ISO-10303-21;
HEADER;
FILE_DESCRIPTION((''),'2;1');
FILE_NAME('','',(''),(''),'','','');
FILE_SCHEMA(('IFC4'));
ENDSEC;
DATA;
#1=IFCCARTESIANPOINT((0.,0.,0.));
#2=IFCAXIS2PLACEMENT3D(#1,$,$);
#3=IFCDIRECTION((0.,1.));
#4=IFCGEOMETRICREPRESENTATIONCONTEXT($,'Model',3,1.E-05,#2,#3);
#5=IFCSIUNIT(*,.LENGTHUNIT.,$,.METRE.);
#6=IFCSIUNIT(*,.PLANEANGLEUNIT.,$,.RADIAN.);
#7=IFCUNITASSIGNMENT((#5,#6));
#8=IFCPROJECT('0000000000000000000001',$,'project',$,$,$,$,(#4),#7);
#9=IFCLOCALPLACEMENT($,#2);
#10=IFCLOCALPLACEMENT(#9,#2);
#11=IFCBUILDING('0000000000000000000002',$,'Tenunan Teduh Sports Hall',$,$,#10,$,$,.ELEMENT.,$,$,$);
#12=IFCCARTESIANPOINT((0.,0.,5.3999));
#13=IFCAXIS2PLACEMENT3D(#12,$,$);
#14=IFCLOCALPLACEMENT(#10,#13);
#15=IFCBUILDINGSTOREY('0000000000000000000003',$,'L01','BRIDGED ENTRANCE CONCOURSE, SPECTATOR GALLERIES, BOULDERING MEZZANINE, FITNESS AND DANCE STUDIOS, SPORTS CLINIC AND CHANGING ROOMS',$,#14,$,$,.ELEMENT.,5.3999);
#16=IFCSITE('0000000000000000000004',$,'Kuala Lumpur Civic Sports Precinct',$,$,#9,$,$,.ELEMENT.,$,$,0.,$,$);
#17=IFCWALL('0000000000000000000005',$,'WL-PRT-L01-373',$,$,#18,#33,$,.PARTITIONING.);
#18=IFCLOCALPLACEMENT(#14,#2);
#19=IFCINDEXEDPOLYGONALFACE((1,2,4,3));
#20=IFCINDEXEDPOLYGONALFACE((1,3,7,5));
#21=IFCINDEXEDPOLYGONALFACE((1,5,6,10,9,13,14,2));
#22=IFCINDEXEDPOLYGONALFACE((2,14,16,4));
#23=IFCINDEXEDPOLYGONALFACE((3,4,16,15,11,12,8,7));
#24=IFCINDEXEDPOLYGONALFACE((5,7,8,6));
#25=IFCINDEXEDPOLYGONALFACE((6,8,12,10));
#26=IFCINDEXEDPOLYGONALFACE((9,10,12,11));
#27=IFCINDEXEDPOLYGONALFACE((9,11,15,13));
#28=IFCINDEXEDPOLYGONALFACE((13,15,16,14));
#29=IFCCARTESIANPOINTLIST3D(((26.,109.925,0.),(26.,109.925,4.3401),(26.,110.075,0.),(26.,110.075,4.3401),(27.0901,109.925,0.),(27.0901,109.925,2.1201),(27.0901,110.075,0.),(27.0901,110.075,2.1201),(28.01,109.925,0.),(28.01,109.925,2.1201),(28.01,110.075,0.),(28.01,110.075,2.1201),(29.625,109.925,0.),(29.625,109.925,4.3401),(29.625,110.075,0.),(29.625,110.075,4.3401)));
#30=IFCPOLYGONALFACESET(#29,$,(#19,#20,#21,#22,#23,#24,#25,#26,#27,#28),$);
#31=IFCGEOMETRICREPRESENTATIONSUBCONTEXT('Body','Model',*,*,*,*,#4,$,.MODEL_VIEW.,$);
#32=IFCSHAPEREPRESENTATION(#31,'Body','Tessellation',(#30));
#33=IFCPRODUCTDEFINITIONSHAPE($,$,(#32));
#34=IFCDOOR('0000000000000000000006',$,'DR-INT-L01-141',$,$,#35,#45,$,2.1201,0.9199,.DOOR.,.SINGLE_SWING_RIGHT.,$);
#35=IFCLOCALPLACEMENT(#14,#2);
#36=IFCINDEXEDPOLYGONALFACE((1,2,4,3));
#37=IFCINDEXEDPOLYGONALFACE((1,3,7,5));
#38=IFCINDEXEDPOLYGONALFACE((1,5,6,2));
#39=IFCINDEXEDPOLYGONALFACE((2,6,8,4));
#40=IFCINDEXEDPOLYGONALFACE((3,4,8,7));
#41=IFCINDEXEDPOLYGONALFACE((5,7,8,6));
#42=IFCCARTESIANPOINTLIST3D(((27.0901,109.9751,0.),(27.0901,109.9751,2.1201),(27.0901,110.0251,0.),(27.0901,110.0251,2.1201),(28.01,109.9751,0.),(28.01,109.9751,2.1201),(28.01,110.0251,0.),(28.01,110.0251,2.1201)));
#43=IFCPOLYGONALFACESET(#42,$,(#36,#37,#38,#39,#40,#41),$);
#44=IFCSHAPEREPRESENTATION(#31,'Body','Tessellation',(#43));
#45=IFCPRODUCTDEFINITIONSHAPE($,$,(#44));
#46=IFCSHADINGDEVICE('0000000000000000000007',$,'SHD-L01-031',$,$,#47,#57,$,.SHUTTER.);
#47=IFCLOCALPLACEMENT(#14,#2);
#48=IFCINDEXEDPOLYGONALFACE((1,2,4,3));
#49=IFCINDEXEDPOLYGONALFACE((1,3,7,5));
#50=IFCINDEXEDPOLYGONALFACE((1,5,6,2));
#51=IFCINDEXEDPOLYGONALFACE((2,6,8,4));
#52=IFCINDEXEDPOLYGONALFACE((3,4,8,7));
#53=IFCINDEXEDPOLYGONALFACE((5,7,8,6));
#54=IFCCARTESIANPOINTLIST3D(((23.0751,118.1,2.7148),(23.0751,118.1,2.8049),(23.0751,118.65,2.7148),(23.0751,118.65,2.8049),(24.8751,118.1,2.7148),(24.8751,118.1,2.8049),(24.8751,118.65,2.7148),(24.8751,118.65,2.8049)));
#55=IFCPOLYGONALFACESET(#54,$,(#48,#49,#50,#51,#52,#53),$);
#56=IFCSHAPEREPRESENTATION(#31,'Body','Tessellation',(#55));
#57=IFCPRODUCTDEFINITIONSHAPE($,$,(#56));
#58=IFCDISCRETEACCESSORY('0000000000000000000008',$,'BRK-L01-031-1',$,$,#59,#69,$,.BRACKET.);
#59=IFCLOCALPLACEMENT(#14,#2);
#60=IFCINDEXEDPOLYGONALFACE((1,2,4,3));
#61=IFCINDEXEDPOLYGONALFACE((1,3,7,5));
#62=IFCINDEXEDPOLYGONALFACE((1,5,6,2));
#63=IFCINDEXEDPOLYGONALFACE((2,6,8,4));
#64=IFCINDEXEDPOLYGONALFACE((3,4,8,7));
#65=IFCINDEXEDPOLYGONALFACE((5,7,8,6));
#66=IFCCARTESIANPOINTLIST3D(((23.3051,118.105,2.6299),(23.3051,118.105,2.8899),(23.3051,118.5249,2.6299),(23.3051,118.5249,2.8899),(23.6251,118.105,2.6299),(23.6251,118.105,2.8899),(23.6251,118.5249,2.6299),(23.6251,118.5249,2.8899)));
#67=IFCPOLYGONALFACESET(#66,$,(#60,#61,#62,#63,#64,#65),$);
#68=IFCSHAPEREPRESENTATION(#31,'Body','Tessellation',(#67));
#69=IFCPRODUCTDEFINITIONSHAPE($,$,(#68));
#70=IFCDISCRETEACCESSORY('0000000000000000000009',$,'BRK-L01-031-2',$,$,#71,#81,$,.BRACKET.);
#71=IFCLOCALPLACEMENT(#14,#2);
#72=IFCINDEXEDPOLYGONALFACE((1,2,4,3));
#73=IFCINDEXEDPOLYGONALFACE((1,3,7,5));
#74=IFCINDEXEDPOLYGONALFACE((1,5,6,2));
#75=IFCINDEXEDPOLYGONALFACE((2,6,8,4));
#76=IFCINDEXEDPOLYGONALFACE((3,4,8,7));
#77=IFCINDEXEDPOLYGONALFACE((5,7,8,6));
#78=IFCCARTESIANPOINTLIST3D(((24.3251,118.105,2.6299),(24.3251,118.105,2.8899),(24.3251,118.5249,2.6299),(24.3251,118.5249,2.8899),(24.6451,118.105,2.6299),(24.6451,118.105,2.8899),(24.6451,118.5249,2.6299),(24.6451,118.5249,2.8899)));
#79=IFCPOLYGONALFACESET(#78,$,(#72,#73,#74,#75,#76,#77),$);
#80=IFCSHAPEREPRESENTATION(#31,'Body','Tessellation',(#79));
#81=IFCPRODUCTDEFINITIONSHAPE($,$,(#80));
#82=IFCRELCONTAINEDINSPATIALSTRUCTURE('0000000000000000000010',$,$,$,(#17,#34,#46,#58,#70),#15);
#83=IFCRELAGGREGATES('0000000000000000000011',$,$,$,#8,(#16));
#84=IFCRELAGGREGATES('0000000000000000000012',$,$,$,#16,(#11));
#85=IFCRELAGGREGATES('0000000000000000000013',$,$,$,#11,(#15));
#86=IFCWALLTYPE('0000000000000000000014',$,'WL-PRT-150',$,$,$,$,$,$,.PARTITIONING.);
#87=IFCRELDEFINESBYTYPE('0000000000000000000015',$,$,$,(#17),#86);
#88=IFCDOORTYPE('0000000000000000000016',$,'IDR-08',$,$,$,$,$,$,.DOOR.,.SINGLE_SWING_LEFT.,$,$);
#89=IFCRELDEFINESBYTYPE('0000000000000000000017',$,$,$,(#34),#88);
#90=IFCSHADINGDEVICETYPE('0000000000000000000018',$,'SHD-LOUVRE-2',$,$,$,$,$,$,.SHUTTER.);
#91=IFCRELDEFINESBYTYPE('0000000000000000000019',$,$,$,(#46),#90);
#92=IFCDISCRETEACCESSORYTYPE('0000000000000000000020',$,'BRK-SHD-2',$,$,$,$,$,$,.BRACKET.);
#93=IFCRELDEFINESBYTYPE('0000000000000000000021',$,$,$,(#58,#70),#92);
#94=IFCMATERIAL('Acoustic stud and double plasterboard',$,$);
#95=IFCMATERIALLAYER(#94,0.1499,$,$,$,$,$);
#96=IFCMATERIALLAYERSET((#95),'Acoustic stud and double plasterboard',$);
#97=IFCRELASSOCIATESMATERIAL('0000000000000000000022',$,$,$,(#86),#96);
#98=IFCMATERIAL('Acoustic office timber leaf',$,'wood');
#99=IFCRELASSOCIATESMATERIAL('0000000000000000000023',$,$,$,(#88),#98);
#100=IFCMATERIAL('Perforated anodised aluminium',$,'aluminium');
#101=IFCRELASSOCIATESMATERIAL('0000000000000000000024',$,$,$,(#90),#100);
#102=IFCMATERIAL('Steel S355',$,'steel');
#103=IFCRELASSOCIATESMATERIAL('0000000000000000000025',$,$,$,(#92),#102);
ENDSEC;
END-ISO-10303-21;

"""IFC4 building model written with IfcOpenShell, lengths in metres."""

from ifc_helpers import new_model, si_unit, direction, frame, frame_2d, origin, origin_2d, place, context, subcontext, project, spatial, rectangle, extrude, material, layer, layer_set, type_object, element, fill, save


model = new_model("IFC4")

# Units and contexts
model_context = context("Model", 3, precision=1e-05, world=origin(), true_north=direction((0.0, 1.0)))
body_context = subcontext(model_context, "Body", "Model", "MODEL_VIEW")
ifc_project = project(units=[si_unit("LENGTHUNIT", "METRE"), si_unit("PLANEANGLEUNIT", "RADIAN")], contexts=[model_context])

# Site, building, storey
site_placement = place(None, origin())
site = spatial("IfcSite", under=ifc_project, at=site_placement, Name="Kuala Lumpur Civic Sports Precinct", CompositionType="ELEMENT", RefElevation=0.0)
building_placement = place(site_placement, origin())
building = spatial("IfcBuilding", under=site, at=building_placement, Name="Tenunan Teduh Sports Hall", CompositionType="ELEMENT")
storey_placement = place(building_placement, frame((0.0, 0.0, 5.3999)))
storey = spatial("IfcBuildingStorey", under=building, at=storey_placement, Name="L01", Description="BRIDGED ENTRANCE CONCOURSE, SPECTATOR GALLERIES, BOULDERING MEZZANINE, FITNESS AND DANCE STUDIOS, SPORTS CLINIC AND CHANGING ROOMS", CompositionType="ELEMENT", Elevation=5.3999)

# Shared definitions
ifc_material_1 = material(Name="Acoustic stud and double plasterboard")
ifc_layer_1 = layer(ifc_material_1, 0.1499)
ifc_layer_set_1 = layer_set([ifc_layer_1], Name="Acoustic stud and double plasterboard")
wall_type_1 = type_object("IfcWallType", Name="WL-PRT-150", PredefinedType="PARTITIONING", material=ifc_layer_set_1)

# Wall, opening, door
wall_1_placement = place(storey_placement, frame((26.0, 110.0, 0.0), z_axis=(0.0, 0.0, 1.0), x_axis=(1.0, 0.0, 0.0)))
wall_1 = element("IfcWall", 1, at=wall_1_placement, inside=storey, type_object=wall_type_1, Name="WL-PRT-L01-373", PredefinedType="PARTITIONING", context=body_context, shape_type="SweptSolid", body=[
    extrude(rectangle(XDim=3.625, YDim=0.1499, at=frame_2d((1.8125, 0.0))), origin(), (0.0, 0.0, 1.0), 4.3401),
])
opening_1_placement = place(wall_1_placement, frame((1.0901, 0.0, 0.0)))
opening_1 = element("IfcOpeningElement", 2, at=opening_1_placement, cuts=wall_1, PredefinedType="OPENING", context=body_context, shape_type="SweptSolid", body=[
    extrude(rectangle(XDim=0.9199, YDim=2.1201, at=frame_2d((0.46, 1.0601))), frame((0.0, 0.085, 0.0), z_axis=(0.0, -1.0, 0.0), x_axis=(1.0, 0.0, 0.0)), (0.0, 0.0, 1.0), 0.1699),
])
ifc_material_2 = material(Name="Acoustic office timber leaf", Category="wood")
door_type_1 = type_object("IfcDoorType", Name="IDR-08", OperationType="SINGLE_SWING_LEFT", PredefinedType="DOOR", material=ifc_material_2)
door_1_placement = place(opening_1_placement, frame((0.9199, 0.0, 0.0), z_axis=(0.0, 0.0, 1.0), x_axis=(-1.0, 0.0, 0.0)))
door_1 = element("IfcDoor", 3, at=door_1_placement, inside=storey, type_object=door_type_1, Name="DR-INT-L01-141", OperationType="SINGLE_SWING_RIGHT", OverallHeight=2.1201, OverallWidth=0.9199, PredefinedType="DOOR", context=body_context, shape_type="SweptSolid", body=[
    extrude(rectangle(XDim=0.9199, YDim=2.1201, at=frame_2d((0.46, 1.0601))), frame((0.0, 0.0249, 0.0), z_axis=(0.0, -1.0, 0.0), x_axis=(1.0, 0.0, 0.0)), (0.0, 0.0, 1.0), 0.05),
])
fill(opening_1, door_1)

# Shading device
ifc_material_3 = material(Name="Perforated anodised aluminium", Category="aluminium")
shading_device_type = type_object("IfcShadingDeviceType", Name="SHD-LOUVRE-2", PredefinedType="SHUTTER", material=ifc_material_3)
shading_device_placement = place(storey_placement, frame((23.9751, 118.375, 2.7148), z_axis=(0.0, 0.0, 1.0), x_axis=(1.0, 0.0, 0.0)))
element("IfcShadingDevice", 4, at=shading_device_placement, inside=storey, type_object=shading_device_type, Name="SHD-L01-031", PredefinedType="SHUTTER", context=body_context, shape_type="SweptSolid", body=[
    extrude(rectangle(XDim=1.8, YDim=0.55, at=origin_2d()), origin(), (0.0, 0.0, 1.0), 0.0901),
])

# Discrete accessories
ifc_material_4 = material(Name="Steel S355", Category="steel")
discrete_accessory_type = type_object("IfcDiscreteAccessoryType", Name="BRK-SHD-2", PredefinedType="BRACKET", material=ifc_material_4)
for number, where, z_axis, x_axis, name in (
    (5, (23.4651, 118.3149, 2.6299), (0.0, 0.0, 1.0), (1.0, 0.0, 0.0), "BRK-L01-031-1"),
    (6, (24.4851, 118.3149, 2.6299), (0.0, 0.0, 1.0), (1.0, 0.0, 0.0), "BRK-L01-031-2"),
):
    element("IfcDiscreteAccessory", number, at=place(storey_placement, frame(where, z_axis=z_axis, x_axis=x_axis)), inside=storey, type_object=discrete_accessory_type, Name=name, PredefinedType="BRACKET", context=body_context, shape_type="SweptSolid", body=[
        extrude(rectangle(XDim=0.3201, YDim=0.4199, at=origin_2d()), origin(), (0.0, 0.0, 1.0), 0.26),
    ])

save(model, "model.ifc")
